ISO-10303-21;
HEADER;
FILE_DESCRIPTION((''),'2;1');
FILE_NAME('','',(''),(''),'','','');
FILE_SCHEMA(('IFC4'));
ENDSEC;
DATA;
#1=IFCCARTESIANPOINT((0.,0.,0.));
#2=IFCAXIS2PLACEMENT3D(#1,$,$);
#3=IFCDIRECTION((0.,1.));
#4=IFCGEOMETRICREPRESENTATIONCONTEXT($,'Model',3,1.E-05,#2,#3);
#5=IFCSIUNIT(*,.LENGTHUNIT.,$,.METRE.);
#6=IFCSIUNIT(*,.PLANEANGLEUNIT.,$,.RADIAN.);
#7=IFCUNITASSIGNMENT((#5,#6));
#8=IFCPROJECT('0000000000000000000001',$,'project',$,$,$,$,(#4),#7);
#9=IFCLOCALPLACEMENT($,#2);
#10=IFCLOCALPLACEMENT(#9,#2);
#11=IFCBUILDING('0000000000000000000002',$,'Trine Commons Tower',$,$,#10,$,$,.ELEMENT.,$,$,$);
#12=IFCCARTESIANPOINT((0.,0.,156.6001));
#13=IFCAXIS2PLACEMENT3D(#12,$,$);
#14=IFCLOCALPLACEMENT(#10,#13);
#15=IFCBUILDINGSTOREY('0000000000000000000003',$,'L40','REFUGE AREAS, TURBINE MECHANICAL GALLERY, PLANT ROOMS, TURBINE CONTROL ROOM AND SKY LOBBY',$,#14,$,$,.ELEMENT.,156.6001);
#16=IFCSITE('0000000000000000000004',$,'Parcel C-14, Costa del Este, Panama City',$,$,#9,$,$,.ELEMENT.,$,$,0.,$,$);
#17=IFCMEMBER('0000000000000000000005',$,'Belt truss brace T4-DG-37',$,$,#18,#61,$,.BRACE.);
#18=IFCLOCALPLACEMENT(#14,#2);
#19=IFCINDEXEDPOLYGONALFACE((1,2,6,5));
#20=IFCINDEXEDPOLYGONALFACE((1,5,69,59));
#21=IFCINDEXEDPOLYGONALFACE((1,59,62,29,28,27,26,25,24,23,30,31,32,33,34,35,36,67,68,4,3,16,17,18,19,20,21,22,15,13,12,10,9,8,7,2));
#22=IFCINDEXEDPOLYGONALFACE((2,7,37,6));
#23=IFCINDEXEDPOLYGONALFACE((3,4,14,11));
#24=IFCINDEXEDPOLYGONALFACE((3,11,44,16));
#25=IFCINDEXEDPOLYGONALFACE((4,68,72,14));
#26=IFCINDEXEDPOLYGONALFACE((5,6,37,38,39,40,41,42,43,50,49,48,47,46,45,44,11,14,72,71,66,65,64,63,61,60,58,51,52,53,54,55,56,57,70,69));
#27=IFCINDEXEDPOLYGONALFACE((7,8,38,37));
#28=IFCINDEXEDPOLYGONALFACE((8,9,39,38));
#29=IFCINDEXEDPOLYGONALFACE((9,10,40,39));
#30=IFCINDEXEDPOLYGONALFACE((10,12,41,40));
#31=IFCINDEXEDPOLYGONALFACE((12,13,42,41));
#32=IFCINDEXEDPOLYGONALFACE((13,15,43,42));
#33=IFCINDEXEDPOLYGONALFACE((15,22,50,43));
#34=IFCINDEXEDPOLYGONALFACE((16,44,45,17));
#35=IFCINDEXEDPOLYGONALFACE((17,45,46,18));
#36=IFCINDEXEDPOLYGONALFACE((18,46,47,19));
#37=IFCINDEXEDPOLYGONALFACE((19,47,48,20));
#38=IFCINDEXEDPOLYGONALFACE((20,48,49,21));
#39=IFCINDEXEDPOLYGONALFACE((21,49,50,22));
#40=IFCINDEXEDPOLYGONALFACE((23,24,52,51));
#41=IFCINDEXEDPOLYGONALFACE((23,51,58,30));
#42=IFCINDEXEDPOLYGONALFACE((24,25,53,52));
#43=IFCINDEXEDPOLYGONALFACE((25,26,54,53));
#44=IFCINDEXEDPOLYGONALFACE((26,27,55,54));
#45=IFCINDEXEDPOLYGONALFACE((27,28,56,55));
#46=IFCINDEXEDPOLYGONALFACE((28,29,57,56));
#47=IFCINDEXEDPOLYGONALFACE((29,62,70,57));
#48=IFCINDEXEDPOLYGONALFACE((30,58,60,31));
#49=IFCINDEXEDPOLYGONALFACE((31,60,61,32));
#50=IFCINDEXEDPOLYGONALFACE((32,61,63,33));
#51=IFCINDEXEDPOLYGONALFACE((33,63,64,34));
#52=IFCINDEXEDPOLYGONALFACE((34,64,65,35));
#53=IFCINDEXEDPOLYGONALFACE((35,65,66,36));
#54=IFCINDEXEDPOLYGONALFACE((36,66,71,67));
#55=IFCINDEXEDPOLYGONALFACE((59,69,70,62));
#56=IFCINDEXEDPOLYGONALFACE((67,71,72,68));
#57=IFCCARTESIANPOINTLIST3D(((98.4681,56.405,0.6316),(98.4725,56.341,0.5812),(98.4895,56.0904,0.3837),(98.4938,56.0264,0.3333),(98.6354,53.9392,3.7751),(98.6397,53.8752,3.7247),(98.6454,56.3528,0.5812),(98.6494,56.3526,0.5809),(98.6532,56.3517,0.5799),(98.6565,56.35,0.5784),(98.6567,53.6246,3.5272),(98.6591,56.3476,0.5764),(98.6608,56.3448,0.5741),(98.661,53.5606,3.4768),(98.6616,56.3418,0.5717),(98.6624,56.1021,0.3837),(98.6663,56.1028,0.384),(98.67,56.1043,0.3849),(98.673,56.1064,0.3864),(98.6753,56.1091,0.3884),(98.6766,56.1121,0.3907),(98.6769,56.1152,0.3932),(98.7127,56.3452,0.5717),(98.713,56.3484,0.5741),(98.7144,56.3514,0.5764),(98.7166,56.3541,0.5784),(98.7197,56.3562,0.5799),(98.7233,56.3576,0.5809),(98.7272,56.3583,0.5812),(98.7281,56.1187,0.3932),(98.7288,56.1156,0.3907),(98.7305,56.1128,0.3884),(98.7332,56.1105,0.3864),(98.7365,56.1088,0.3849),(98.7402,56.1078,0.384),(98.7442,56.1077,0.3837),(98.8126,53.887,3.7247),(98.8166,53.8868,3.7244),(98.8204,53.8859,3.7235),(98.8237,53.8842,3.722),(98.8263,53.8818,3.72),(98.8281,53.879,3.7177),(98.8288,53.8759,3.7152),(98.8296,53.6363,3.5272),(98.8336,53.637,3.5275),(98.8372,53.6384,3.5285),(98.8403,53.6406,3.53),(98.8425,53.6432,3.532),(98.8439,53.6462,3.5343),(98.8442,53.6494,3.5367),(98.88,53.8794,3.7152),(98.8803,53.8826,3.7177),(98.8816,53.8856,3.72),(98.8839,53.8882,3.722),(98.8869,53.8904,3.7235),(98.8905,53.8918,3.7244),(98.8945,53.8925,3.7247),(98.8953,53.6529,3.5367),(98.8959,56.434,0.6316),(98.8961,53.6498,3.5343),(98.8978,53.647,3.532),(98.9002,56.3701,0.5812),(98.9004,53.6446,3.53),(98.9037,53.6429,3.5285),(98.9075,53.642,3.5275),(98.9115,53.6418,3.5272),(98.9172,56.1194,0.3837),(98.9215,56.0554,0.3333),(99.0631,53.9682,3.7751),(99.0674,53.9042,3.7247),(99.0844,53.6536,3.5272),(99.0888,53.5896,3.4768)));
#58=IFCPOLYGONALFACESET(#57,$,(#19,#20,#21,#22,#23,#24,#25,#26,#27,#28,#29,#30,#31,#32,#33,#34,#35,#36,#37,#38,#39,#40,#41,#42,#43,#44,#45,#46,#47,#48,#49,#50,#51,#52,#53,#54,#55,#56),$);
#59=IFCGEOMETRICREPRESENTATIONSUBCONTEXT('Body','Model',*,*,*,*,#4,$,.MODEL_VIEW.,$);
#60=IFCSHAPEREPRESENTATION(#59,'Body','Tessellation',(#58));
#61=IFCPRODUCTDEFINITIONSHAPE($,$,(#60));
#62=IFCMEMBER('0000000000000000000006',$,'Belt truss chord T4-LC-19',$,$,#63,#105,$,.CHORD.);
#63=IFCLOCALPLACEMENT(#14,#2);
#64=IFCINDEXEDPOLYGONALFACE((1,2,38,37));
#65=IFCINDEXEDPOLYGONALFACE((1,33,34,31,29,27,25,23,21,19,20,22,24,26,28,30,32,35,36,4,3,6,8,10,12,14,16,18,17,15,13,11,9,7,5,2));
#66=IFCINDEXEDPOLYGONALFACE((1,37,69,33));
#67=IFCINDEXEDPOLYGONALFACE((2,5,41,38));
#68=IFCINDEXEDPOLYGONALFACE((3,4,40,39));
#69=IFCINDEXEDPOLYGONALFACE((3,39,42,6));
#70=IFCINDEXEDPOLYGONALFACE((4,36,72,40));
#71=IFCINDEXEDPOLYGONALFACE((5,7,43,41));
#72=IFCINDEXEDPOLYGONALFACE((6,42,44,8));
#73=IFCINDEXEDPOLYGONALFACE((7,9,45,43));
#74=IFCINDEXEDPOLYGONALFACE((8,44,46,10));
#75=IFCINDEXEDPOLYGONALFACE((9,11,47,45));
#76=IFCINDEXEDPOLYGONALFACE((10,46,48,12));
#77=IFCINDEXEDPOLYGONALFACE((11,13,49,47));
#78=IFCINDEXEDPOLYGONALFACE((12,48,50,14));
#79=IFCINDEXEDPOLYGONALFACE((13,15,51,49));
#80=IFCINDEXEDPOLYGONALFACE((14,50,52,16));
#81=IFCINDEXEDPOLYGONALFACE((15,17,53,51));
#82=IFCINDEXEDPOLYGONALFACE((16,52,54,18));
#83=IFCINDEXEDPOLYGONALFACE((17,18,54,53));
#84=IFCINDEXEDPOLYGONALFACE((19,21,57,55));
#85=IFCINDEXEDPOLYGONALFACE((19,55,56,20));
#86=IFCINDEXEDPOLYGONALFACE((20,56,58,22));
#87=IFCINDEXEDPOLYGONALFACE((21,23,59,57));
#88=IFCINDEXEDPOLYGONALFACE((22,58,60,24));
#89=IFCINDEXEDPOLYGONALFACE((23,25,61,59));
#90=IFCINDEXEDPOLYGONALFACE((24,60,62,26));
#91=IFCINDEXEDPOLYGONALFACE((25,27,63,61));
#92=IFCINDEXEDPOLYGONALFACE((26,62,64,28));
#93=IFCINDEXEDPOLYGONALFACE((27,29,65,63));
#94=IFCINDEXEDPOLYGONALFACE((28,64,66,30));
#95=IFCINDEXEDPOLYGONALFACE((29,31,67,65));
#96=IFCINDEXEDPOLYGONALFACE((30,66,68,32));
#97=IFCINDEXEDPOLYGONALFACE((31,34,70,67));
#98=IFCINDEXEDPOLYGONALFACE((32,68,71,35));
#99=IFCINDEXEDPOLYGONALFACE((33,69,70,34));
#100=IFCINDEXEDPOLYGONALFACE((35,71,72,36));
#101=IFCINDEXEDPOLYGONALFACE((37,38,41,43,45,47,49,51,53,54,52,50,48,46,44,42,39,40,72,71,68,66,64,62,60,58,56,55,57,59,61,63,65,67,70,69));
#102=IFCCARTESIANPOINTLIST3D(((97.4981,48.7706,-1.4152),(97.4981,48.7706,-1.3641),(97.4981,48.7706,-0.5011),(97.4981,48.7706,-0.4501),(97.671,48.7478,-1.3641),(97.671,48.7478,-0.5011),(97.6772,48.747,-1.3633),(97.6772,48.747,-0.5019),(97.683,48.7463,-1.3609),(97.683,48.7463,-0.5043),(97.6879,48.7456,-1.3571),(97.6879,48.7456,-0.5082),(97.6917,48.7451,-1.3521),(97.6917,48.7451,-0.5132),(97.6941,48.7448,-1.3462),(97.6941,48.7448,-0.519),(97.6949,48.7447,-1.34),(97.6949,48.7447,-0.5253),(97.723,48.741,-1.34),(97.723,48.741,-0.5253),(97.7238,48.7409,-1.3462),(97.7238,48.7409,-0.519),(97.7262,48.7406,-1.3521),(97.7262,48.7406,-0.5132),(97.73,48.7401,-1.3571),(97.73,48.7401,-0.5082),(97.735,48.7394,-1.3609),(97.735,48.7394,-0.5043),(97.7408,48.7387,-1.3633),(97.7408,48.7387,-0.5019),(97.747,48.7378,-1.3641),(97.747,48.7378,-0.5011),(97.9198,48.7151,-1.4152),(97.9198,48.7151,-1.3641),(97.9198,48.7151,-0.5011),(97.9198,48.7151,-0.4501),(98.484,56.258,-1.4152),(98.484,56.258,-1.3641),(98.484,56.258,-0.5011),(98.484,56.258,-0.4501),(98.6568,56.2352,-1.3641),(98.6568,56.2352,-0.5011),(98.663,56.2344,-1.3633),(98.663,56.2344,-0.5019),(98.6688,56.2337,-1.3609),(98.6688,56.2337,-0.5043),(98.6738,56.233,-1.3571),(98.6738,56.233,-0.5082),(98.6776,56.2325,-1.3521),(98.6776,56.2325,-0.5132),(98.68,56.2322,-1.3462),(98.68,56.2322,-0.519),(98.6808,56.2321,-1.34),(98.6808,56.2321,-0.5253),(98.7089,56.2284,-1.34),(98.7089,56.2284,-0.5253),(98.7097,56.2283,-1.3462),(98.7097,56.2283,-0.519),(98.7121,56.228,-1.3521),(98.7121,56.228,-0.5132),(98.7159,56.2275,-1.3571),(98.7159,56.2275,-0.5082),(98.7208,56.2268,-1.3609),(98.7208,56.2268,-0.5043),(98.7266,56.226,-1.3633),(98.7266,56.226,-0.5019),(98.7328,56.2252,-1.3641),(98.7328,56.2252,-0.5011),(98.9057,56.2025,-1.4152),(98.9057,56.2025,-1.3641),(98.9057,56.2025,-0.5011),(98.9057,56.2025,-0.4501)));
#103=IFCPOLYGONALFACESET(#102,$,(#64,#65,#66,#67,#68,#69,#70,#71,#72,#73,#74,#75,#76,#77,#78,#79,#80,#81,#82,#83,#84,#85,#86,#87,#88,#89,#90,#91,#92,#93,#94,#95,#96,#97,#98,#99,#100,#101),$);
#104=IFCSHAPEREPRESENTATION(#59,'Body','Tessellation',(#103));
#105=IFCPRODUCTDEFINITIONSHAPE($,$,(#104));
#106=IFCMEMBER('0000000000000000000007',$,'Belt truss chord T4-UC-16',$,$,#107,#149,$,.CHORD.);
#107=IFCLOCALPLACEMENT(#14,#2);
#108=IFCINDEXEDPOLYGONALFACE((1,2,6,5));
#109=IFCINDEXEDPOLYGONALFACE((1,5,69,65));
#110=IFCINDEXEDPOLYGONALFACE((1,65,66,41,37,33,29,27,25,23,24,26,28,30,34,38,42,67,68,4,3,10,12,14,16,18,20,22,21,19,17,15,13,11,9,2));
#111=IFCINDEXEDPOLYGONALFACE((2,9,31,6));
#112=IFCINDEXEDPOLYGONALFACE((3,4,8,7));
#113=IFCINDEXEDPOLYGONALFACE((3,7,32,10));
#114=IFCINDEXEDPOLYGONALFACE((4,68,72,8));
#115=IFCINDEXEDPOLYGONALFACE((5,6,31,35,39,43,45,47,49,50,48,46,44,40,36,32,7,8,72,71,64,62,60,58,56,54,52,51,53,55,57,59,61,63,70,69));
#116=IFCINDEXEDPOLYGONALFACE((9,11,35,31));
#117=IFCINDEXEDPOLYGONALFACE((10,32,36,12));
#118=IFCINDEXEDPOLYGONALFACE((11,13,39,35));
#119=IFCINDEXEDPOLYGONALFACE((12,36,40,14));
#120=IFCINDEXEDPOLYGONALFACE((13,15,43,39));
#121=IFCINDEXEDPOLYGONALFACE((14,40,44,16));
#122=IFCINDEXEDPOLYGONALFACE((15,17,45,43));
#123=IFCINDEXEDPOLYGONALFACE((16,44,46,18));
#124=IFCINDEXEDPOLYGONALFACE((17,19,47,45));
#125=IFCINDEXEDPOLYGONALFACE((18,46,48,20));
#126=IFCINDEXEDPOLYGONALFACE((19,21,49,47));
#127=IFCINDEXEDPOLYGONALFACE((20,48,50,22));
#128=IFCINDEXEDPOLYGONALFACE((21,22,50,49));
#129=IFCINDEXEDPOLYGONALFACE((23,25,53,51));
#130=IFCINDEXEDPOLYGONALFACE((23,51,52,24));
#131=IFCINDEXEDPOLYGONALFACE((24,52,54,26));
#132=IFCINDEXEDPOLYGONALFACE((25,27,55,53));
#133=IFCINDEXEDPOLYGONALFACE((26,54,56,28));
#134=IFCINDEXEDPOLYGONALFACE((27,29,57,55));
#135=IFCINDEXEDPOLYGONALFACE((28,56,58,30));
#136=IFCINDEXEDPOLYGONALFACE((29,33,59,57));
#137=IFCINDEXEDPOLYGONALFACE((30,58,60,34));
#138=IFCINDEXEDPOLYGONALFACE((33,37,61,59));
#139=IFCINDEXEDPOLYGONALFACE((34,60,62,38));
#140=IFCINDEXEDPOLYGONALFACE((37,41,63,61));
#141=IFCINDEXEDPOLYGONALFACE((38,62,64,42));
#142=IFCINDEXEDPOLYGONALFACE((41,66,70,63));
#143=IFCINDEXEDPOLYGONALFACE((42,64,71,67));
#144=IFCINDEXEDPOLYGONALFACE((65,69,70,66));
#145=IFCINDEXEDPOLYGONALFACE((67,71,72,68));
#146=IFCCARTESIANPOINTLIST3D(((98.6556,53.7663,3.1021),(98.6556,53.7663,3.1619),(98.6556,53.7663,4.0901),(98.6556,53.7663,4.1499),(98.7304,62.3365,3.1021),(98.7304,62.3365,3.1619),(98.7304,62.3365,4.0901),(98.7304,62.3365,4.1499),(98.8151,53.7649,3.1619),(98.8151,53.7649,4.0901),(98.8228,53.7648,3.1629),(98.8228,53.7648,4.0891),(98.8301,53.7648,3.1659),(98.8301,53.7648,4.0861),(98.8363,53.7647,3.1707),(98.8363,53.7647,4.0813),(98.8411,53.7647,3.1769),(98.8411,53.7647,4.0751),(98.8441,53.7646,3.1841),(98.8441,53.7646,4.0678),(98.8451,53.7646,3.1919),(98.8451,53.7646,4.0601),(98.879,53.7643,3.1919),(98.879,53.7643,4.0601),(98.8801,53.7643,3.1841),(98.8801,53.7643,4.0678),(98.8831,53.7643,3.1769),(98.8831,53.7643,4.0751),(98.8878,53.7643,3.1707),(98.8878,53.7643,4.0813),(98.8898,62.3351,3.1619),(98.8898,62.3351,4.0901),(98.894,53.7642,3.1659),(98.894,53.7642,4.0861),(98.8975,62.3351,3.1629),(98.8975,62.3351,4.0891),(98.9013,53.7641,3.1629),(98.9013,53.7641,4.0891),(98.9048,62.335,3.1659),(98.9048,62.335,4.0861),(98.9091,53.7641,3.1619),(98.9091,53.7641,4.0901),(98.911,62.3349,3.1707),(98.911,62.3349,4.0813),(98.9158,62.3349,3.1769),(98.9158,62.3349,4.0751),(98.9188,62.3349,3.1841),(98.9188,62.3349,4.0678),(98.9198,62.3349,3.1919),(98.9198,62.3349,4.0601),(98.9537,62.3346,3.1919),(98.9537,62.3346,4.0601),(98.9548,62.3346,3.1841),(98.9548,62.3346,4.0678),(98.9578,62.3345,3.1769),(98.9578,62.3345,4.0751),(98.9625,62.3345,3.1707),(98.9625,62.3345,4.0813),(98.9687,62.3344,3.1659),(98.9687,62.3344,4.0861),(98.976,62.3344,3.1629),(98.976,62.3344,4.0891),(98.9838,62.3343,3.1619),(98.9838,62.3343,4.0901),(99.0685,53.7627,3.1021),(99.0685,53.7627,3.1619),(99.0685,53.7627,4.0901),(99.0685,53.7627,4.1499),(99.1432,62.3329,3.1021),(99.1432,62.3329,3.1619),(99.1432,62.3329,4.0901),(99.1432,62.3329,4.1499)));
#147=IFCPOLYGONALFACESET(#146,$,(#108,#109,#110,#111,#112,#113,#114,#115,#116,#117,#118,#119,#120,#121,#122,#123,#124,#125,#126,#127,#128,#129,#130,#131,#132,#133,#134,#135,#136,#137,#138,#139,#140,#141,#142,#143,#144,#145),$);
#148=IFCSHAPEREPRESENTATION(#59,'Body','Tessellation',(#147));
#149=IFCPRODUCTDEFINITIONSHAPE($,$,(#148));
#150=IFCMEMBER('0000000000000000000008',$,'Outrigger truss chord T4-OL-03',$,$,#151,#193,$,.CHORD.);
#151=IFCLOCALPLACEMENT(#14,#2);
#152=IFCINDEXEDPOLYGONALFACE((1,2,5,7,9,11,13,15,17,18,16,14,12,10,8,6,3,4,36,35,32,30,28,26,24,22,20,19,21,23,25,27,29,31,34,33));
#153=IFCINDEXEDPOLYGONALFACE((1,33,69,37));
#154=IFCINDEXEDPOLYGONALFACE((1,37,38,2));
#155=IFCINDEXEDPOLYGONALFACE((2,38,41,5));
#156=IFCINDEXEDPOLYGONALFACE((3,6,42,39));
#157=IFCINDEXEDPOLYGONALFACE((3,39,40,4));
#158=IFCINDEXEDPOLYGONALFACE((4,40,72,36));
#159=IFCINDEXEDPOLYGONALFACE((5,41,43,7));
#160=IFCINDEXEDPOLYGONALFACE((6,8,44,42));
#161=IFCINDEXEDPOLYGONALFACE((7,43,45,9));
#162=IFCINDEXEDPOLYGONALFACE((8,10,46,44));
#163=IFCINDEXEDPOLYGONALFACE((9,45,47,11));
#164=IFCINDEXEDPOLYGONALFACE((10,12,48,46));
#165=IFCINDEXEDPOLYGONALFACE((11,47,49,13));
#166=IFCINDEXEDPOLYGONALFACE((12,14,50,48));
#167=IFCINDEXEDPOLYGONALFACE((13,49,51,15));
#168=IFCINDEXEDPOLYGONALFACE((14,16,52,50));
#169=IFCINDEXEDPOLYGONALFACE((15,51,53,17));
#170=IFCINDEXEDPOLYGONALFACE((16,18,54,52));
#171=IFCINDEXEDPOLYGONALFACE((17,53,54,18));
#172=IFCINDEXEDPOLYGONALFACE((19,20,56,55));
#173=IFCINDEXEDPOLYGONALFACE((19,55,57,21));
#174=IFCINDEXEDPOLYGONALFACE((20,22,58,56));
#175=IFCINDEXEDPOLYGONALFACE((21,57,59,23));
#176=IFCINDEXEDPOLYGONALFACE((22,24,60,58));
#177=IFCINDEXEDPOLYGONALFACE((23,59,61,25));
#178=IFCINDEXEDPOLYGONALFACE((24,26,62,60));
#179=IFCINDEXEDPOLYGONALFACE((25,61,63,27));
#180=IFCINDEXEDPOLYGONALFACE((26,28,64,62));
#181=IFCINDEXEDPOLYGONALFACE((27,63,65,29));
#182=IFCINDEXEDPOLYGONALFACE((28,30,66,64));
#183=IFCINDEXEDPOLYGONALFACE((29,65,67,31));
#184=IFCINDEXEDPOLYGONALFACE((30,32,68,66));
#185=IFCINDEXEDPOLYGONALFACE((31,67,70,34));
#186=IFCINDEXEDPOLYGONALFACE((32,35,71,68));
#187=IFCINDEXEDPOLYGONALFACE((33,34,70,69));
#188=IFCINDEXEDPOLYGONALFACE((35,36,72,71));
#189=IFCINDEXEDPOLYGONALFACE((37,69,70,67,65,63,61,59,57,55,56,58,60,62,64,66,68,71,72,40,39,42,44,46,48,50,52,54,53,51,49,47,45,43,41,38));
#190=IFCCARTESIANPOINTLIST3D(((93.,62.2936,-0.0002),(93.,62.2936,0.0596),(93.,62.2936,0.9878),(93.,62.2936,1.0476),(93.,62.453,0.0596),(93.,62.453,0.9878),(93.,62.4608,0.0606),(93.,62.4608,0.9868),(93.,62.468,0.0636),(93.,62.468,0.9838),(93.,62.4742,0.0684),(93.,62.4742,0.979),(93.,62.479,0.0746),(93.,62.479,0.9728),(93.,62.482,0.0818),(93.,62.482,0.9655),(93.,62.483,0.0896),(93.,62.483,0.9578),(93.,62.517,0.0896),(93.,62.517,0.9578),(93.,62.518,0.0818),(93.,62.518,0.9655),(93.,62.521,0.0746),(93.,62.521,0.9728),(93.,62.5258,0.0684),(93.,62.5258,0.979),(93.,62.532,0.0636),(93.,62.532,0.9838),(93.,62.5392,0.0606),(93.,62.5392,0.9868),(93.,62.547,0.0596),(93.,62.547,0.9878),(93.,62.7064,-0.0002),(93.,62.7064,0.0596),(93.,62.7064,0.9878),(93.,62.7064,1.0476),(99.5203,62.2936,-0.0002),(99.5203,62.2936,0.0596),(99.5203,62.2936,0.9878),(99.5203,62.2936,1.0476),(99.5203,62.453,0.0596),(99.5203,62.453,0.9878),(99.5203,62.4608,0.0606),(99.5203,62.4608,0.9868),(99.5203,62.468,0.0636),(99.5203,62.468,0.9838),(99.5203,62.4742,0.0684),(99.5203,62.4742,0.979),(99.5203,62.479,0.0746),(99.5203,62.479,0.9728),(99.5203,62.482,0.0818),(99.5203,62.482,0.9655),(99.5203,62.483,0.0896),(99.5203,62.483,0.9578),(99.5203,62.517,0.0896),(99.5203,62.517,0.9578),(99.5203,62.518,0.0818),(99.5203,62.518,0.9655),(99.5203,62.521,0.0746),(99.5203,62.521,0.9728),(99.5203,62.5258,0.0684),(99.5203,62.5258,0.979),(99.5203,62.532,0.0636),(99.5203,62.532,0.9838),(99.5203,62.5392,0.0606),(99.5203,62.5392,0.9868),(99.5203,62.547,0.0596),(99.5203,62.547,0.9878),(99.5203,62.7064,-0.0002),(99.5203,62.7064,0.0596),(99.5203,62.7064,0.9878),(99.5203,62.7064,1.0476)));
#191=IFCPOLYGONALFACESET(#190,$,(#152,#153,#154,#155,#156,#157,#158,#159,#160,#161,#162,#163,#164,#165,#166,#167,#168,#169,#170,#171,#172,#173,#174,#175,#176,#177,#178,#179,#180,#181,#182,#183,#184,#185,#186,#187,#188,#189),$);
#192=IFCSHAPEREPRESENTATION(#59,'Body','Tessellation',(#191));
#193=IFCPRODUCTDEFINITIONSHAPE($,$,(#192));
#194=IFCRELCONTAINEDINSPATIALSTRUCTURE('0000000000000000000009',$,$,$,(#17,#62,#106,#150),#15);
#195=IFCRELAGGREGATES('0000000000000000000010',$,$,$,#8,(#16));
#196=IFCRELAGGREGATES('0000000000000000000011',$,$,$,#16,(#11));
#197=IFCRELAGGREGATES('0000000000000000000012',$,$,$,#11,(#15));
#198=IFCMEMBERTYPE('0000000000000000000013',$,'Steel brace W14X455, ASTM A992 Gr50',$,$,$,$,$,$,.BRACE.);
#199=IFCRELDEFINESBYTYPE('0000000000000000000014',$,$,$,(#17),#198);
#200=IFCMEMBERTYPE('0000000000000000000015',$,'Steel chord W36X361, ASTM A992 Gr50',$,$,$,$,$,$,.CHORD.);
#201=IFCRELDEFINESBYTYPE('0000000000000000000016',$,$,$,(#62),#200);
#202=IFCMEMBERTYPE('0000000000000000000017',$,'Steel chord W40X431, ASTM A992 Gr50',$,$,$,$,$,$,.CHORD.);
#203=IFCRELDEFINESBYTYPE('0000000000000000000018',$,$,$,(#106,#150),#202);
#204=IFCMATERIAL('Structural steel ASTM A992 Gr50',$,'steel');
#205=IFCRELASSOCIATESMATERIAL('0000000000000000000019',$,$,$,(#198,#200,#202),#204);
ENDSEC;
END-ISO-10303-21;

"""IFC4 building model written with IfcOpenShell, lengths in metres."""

from ifc_helpers import new_model, si_unit, direction, frame, origin, origin_2d, place, context, subcontext, project, spatial, i_section, extrude, material, material_profile, profile_set, type_object, element, save


model = new_model("IFC4")

# Units and contexts
model_context = context("Model", 3, precision=1e-05, world=origin(), true_north=direction((0.0, 1.0)))
body_context = subcontext(model_context, "Body", "Model", "MODEL_VIEW")
ifc_project = project(units=[si_unit("LENGTHUNIT", "METRE"), si_unit("PLANEANGLEUNIT", "RADIAN")], contexts=[model_context])

# Site, building, storey
site_placement = place(None, origin())
site = spatial("IfcSite", under=ifc_project, at=site_placement, Name="Parcel C-14, Costa del Este, Panama City", CompositionType="ELEMENT", RefElevation=0.0)
building_placement = place(site_placement, origin())
building = spatial("IfcBuilding", under=site, at=building_placement, Name="Trine Commons Tower", CompositionType="ELEMENT")
storey_placement = place(building_placement, frame((0.0, 0.0, 156.6001)))
storey = spatial("IfcBuildingStorey", under=building, at=storey_placement, Name="L40", Description="REFUGE AREAS, TURBINE MECHANICAL GALLERY, PLANT ROOMS, TURBINE CONTROL ROOM AND SKY LOBBY", CompositionType="ELEMENT", Elevation=156.6001)

# Members
ifc_material_1 = material(Name="Structural steel ASTM A992 Gr50", Category="steel")
ifc_material_profile_1 = material_profile(ifc_material_1, i_section(OverallWidth=0.4287, OverallDepth=0.4827, WebThickness=0.0513, FlangeThickness=0.0815, FilletRadius=0.0154, at=origin_2d()), Name="W14X455")
ifc_profile_set_1 = profile_set([ifc_material_profile_1], Name="Structural steel ASTM A992 Gr50")
member_type_1 = type_object("IfcMemberType", Name="Steel brace W14X455, ASTM A992 Gr50", PredefinedType="BRACE", material=ifc_profile_set_1)
member_1_placement = place(storey_placement, frame((98.6948, 56.2302, 0.4824), z_axis=(0.041822, -0.616644, 0.78613), x_axis=(0.997708, 0.067666, 0.0)))
element("IfcMember", 1, at=member_1_placement, inside=storey, type_object=member_type_1, Name="Belt truss brace T4-DG-37", PredefinedType="BRACE", context=body_context, shape_type="SweptSolid", body=[
    extrude(i_section(OverallWidth=0.4287, OverallDepth=0.4827, WebThickness=0.0513, FlangeThickness=0.0815, FilletRadius=0.0154, at=origin_2d()), origin(), (0.0, 0.0, 1.0), 3.9988),
])
ifc_material_profile_2 = material_profile(ifc_material_1, i_section(OverallWidth=0.4253, OverallDepth=0.9651, WebThickness=0.0283, FlangeThickness=0.051, FilletRadius=0.0242, at=origin_2d()), Name="W36X361")
ifc_profile_set_2 = profile_set([ifc_material_profile_2], Name="Structural steel ASTM A992 Gr50")
member_type_2 = type_object("IfcMemberType", Name="Steel chord W36X361, ASTM A992 Gr50", PredefinedType="CHORD", material=ifc_profile_set_2)
member_2_placement = place(storey_placement, frame((98.6948, 56.2302, -0.9326), z_axis=(-0.130541, -0.991443, 0.0), x_axis=(0.991443, -0.130541, 0.0)))
element("IfcMember", 2, at=member_2_placement, inside=storey, type_object=member_type_2, Name="Belt truss chord T4-LC-19", PredefinedType="CHORD", context=body_context, shape_type="SweptSolid", body=[
    extrude(i_section(OverallWidth=0.4253, OverallDepth=0.9651, WebThickness=0.0283, FlangeThickness=0.051, FilletRadius=0.0242, at=origin_2d()), origin(), (0.0, 0.0, 1.0), 7.552),
])
ifc_material_profile_3 = material_profile(ifc_material_1, i_section(OverallWidth=0.4128, OverallDepth=1.0479, WebThickness=0.0339, FlangeThickness=0.0598, FilletRadius=0.03, at=origin_2d()), Name="W40X431")
ifc_profile_set_3 = profile_set([ifc_material_profile_3], Name="Structural steel ASTM A992 Gr50")
member_type_3 = type_object("IfcMemberType", Name="Steel chord W40X431, ASTM A992 Gr50", PredefinedType="CHORD", material=ifc_profile_set_3)
member_3_placement = place(storey_placement, frame((98.9368, 62.3347, 3.626), z_axis=(-0.008717, -0.999962, 0.0), x_axis=(0.999962, -0.008717, 0.0)))
element("IfcMember", 3, at=member_3_placement, inside=storey, type_object=member_type_3, Name="Belt truss chord T4-UC-16", PredefinedType="CHORD", context=body_context, shape_type="SweptSolid", body=[
    extrude(i_section(OverallWidth=0.4128, OverallDepth=1.0479, WebThickness=0.0339, FlangeThickness=0.0598, FilletRadius=0.03, at=origin_2d()), origin(), (0.0, 0.0, 1.0), 8.5706),
])
member_4_placement = place(storey_placement, frame((93.0, 62.5, 0.5237), z_axis=(1.0, 0.0, 0.0), x_axis=(0.0, 1.0, 0.0)))
element("IfcMember", 4, at=member_4_placement, inside=storey, type_object=member_type_3, Name="Outrigger truss chord T4-OL-03", PredefinedType="CHORD", context=body_context, shape_type="SweptSolid", body=[
    extrude(i_section(OverallWidth=0.4128, OverallDepth=1.0479, WebThickness=0.0339, FlangeThickness=0.0598, FilletRadius=0.03, at=origin_2d()), origin(), (0.0, 0.0, 1.0), 6.5203),
])

save(model, "model.ifc")
